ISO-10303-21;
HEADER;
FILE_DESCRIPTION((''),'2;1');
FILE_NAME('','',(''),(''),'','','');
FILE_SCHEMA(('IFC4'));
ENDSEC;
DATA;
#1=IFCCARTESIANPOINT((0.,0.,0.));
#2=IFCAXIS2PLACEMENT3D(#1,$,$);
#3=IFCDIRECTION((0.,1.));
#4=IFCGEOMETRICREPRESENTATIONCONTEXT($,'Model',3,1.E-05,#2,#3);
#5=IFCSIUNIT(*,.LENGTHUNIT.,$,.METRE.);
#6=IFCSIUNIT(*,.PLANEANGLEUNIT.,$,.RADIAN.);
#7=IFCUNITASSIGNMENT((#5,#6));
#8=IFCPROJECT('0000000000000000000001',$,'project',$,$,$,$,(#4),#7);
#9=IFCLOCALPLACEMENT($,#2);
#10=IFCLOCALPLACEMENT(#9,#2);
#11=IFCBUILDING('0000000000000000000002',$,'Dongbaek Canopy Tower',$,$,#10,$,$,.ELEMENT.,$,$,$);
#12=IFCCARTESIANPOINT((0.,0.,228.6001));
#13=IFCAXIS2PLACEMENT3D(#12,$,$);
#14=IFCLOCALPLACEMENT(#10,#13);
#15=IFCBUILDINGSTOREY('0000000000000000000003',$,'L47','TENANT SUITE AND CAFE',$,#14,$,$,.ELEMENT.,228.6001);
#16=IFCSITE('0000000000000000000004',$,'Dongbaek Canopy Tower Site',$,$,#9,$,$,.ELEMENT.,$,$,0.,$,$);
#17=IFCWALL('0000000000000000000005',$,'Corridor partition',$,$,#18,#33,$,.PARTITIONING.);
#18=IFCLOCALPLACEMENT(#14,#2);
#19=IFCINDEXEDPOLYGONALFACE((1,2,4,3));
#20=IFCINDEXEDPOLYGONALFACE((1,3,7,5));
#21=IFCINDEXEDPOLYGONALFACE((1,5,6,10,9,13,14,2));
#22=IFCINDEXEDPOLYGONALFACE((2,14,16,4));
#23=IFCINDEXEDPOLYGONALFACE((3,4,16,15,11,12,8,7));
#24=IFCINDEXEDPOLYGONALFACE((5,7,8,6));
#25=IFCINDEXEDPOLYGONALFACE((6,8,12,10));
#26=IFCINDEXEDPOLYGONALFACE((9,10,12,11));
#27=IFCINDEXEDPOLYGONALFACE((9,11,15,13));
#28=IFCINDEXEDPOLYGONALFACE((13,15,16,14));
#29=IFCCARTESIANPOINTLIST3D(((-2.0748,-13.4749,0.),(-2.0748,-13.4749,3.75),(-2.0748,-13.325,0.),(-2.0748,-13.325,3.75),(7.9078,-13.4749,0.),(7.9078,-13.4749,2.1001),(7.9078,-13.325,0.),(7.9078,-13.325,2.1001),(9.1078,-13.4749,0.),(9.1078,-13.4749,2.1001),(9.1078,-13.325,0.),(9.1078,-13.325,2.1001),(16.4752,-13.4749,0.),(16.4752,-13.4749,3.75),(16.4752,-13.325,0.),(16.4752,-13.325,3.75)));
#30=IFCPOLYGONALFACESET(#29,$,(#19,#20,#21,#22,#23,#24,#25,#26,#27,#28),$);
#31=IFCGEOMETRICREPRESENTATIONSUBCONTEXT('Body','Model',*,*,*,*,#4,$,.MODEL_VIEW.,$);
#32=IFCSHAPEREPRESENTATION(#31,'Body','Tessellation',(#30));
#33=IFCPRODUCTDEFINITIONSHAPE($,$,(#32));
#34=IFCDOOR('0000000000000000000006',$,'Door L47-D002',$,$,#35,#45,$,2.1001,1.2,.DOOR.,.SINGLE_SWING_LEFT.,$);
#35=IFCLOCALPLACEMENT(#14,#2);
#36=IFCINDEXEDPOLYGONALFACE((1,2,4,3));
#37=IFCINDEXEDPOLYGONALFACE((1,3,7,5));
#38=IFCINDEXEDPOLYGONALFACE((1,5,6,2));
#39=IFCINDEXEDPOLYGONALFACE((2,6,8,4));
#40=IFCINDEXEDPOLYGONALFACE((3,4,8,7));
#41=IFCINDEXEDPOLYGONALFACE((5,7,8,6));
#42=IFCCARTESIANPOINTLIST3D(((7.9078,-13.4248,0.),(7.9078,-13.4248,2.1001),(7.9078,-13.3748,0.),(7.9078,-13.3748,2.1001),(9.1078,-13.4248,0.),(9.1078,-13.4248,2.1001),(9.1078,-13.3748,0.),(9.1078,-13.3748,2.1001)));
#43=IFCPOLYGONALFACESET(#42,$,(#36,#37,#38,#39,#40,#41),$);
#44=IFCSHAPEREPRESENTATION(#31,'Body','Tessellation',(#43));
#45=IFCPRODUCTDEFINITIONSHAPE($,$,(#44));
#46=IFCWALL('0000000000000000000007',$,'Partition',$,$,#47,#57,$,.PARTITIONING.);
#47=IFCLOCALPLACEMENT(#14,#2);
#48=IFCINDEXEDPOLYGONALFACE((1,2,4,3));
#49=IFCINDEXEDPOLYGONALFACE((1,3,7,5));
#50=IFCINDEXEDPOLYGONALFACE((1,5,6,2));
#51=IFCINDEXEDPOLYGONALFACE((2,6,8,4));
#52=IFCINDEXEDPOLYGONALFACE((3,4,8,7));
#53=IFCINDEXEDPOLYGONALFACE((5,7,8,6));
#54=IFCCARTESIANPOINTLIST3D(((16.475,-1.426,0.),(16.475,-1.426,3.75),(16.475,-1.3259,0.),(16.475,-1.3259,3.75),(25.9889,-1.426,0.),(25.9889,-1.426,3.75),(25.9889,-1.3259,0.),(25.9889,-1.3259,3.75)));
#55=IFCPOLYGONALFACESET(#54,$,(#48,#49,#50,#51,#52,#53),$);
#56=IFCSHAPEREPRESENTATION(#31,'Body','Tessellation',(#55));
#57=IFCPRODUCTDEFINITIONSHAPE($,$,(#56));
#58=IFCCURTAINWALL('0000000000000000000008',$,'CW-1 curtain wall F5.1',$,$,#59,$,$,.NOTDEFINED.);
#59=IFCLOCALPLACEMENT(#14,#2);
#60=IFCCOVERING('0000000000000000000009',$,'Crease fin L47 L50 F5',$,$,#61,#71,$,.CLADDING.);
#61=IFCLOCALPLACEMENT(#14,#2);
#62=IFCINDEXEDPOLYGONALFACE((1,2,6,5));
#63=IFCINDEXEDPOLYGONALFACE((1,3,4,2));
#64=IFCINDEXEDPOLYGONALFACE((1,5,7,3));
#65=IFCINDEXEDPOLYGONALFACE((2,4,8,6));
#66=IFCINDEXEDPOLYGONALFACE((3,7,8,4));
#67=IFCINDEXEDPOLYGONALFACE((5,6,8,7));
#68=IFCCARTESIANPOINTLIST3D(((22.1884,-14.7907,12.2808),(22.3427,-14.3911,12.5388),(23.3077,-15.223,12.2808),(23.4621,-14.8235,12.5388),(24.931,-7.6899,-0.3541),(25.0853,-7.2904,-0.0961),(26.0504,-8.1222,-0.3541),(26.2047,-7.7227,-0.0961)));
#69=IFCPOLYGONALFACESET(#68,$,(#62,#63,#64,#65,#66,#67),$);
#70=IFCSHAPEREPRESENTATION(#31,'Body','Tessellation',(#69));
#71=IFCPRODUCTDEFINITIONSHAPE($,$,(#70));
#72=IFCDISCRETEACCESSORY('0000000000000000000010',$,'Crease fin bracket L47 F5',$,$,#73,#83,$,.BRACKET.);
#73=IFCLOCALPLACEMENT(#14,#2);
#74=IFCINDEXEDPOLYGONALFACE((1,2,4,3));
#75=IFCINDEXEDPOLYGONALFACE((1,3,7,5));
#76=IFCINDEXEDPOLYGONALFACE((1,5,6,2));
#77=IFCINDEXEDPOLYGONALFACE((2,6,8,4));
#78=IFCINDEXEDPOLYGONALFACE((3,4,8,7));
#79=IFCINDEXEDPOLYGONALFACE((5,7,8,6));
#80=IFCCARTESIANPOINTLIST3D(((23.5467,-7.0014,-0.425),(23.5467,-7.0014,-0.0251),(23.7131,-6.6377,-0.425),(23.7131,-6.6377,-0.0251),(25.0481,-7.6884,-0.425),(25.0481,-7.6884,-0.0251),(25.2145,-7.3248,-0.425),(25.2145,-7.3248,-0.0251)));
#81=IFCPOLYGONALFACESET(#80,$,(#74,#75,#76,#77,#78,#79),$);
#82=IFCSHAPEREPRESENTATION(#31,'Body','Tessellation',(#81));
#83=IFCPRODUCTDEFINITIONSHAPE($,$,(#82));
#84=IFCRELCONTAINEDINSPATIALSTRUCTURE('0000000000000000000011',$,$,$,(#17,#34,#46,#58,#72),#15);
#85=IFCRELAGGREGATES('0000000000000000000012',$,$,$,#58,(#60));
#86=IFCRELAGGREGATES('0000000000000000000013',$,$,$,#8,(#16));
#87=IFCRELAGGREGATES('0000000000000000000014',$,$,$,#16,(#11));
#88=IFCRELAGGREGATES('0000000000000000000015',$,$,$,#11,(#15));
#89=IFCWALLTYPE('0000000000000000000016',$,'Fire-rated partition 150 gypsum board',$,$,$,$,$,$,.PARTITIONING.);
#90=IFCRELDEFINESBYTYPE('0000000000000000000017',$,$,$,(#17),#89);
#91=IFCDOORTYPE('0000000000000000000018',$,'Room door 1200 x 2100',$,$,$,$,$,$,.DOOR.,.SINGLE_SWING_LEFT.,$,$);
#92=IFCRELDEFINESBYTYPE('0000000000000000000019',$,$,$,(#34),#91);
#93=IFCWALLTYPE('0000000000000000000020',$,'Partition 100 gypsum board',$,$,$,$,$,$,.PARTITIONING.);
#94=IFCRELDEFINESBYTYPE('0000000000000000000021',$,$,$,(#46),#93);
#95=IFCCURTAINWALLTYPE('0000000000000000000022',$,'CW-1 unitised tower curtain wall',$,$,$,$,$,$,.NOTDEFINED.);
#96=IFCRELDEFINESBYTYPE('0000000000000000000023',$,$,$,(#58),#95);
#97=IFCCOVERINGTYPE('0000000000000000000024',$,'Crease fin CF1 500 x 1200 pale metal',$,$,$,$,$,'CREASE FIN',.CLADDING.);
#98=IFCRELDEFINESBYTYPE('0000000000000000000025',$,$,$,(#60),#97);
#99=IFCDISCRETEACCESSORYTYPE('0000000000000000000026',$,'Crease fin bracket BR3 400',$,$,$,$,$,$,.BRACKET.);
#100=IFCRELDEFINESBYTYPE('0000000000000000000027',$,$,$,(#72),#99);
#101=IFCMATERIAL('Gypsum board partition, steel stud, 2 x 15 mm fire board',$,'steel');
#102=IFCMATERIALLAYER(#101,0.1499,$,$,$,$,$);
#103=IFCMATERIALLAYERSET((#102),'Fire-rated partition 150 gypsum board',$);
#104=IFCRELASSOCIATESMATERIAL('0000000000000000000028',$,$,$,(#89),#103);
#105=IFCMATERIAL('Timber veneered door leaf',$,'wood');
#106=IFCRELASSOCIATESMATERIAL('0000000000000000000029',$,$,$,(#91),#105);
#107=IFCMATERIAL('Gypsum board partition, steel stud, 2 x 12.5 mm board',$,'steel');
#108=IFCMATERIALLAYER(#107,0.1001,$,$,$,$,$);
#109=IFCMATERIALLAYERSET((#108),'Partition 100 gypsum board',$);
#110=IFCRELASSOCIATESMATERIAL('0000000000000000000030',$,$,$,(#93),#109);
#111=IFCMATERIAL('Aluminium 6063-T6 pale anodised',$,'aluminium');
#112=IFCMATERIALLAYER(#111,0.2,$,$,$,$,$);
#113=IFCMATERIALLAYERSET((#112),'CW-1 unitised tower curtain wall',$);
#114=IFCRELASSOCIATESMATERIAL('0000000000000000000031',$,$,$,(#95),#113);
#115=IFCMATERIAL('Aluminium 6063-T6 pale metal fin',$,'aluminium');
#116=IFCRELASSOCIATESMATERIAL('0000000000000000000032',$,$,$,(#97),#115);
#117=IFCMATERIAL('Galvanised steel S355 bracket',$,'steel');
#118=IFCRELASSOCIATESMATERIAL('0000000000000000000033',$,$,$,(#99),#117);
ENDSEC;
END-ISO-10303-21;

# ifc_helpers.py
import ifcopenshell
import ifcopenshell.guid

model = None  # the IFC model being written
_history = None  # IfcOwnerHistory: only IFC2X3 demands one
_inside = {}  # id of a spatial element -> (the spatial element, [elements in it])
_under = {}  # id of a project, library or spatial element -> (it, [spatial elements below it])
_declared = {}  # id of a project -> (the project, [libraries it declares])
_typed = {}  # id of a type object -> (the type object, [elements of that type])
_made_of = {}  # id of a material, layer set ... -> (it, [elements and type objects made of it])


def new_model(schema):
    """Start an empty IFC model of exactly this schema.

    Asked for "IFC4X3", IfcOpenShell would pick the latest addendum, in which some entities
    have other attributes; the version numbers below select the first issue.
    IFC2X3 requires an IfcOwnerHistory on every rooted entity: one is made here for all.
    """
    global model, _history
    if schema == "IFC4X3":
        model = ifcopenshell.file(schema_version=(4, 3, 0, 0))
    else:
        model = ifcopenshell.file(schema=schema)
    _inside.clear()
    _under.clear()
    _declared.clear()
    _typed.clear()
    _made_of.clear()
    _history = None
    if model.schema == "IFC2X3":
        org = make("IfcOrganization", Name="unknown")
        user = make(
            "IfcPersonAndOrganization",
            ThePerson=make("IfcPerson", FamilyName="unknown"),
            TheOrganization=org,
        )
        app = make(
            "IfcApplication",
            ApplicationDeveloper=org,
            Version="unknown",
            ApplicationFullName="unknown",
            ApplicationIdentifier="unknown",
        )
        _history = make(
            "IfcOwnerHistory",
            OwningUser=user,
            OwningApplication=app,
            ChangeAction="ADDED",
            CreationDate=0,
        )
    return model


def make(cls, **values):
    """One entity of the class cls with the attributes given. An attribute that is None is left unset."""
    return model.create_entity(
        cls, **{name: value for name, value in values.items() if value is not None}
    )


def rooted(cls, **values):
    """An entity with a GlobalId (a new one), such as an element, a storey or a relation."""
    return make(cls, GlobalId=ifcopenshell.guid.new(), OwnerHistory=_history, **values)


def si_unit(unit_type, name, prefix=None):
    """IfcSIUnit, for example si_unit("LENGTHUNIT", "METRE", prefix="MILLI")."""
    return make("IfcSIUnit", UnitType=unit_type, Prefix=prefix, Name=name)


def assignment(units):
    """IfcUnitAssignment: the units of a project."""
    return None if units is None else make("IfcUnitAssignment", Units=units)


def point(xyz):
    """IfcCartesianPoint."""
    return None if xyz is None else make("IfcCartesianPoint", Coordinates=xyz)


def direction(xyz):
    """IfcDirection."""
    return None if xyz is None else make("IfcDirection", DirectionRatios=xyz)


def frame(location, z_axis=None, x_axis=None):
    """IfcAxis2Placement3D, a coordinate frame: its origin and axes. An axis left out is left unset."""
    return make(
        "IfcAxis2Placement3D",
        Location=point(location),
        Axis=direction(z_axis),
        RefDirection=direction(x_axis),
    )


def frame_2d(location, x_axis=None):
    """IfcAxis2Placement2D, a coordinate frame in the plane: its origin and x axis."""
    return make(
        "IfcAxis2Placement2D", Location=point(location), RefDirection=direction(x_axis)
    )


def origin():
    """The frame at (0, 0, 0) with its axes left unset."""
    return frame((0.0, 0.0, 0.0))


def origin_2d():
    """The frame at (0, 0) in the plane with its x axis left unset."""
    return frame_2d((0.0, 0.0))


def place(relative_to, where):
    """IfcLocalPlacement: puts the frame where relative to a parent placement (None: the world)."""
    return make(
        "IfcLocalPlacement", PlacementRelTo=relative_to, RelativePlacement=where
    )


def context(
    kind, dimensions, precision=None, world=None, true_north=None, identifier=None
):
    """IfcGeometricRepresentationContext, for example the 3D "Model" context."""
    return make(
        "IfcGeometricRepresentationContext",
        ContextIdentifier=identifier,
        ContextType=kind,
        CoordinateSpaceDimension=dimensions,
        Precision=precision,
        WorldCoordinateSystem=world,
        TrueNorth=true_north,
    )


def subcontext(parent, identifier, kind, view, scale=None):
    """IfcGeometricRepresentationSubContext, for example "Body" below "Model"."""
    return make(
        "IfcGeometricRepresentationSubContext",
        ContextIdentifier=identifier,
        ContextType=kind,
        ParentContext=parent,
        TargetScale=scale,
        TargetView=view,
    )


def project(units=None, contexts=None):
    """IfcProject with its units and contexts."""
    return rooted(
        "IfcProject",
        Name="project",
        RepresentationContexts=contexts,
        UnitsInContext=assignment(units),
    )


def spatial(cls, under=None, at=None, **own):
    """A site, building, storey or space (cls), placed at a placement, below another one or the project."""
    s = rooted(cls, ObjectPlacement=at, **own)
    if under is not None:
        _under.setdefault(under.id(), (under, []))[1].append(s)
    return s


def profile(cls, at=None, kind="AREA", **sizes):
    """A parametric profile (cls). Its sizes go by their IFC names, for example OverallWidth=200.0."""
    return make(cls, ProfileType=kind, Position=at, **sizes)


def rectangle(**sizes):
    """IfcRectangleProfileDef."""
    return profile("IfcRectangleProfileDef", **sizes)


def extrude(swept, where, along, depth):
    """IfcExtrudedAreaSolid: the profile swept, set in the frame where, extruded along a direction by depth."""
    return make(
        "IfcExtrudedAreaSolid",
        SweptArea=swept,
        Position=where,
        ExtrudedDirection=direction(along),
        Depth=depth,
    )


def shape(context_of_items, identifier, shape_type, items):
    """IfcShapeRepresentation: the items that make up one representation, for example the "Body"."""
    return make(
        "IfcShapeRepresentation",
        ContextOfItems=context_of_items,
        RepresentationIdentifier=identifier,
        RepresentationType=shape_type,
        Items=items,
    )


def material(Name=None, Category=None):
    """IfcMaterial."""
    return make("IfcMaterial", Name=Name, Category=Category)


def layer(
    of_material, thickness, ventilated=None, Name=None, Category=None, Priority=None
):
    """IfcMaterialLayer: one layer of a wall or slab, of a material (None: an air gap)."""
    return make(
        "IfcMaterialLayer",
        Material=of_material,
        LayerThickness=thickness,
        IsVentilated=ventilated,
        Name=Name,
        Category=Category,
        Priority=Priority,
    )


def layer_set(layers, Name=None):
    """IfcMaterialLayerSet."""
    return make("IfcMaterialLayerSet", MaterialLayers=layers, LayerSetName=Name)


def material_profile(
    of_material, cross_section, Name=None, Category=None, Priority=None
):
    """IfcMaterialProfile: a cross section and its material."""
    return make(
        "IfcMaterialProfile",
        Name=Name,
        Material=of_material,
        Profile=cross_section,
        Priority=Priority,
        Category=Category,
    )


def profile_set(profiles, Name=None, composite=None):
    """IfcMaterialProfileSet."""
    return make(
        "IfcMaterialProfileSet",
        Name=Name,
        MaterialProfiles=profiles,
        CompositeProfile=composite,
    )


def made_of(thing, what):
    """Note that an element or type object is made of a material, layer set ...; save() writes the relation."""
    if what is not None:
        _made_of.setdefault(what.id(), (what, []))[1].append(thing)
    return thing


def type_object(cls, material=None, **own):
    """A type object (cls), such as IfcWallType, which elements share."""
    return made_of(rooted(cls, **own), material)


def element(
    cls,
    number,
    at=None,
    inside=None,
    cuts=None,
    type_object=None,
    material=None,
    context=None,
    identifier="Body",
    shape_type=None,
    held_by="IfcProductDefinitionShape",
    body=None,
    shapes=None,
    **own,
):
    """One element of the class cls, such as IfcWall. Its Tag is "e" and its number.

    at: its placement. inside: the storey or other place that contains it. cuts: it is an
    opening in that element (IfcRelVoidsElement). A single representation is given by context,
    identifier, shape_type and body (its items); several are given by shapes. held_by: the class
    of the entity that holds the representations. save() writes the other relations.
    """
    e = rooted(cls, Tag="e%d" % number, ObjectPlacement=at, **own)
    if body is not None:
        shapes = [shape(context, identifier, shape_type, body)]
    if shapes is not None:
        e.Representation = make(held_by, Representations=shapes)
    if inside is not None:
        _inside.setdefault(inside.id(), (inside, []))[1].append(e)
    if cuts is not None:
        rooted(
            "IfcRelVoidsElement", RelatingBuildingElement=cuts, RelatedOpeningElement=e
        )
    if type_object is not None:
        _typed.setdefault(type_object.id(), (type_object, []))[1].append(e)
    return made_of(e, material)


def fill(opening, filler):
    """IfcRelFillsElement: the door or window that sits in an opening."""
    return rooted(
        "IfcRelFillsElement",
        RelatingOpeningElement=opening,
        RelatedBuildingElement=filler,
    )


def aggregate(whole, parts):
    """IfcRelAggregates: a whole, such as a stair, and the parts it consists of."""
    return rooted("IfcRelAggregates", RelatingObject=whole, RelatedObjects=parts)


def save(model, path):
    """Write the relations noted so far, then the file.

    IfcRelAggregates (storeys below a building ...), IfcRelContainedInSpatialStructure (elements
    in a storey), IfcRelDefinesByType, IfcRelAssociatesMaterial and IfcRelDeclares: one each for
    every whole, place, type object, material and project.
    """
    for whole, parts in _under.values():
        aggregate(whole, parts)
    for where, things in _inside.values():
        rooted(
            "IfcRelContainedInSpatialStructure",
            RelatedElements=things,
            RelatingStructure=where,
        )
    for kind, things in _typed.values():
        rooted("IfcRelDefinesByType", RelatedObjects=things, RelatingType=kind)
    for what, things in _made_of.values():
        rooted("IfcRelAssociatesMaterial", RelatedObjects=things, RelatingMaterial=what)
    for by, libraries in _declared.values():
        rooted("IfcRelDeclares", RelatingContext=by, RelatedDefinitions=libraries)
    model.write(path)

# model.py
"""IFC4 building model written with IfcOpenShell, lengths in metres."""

from ifc_helpers import new_model, si_unit, direction, frame, frame_2d, origin, origin_2d, place, context, subcontext, project, spatial, rectangle, extrude, material, layer, layer_set, material_profile, profile_set, type_object, element, fill, aggregate, save


model = new_model("IFC4")

# Units and contexts
model_context = context("Model", 3, precision=1e-05, world=origin(), true_north=direction((0.0, 1.0)))
body_context = subcontext(model_context, "Body", "Model", "MODEL_VIEW")
ifc_project = project(units=[si_unit("LENGTHUNIT", "METRE"), si_unit("PLANEANGLEUNIT", "RADIAN")], contexts=[model_context])

# Site, building, storey
site_placement = place(None, origin())
site = spatial("IfcSite", under=ifc_project, at=site_placement, Name="Dongbaek Canopy Tower Site", CompositionType="ELEMENT", RefElevation=0.0)
building_placement = place(site_placement, origin())
building = spatial("IfcBuilding", under=site, at=building_placement, Name="Dongbaek Canopy Tower", CompositionType="ELEMENT")
storey_placement = place(building_placement, frame((0.0, 0.0, 228.6001)))
storey = spatial("IfcBuildingStorey", under=building, at=storey_placement, Name="L47", Description="TENANT SUITE AND CAFE", CompositionType="ELEMENT", Elevation=228.6001)

# Wall, opening, door
ifc_material_1 = material(Name="Gypsum board partition, steel stud, 2 x 15 mm fire board", Category="steel")
ifc_layer_1 = layer(ifc_material_1, 0.1499)
ifc_layer_set_1 = layer_set([ifc_layer_1], Name="Fire-rated partition 150 gypsum board")
wall_type_1 = type_object("IfcWallType", Name="Fire-rated partition 150 gypsum board", PredefinedType="PARTITIONING", material=ifc_layer_set_1)
wall_1_placement = place(storey_placement, frame((16.4751, -13.3999, 0.0), z_axis=(0.0, 0.0, 1.0), x_axis=(-1.0, 0.0, 0.0)))
wall_1 = element("IfcWall", 1, at=wall_1_placement, inside=storey, type_object=wall_type_1, Name="Corridor partition", PredefinedType="PARTITIONING", context=body_context, shape_type="SweptSolid", body=[
    extrude(rectangle(XDim=18.55, YDim=0.1499, at=frame_2d((9.2749, 0.0))), origin(), (0.0, 0.0, 1.0), 3.75),
])
opening_1_placement = place(wall_1_placement, frame((7.3672, 0.0, 0.0)))
opening_1 = element("IfcOpeningElement", 2, at=opening_1_placement, cuts=wall_1, PredefinedType="OPENING", context=body_context, shape_type="SweptSolid", body=[
    extrude(rectangle(XDim=1.2, YDim=2.1001, at=frame_2d((0.6001, 1.05))), frame((0.0, 0.085, 0.0), z_axis=(0.0, -1.0, 0.0), x_axis=(1.0, 0.0, 0.0)), (0.0, 0.0, 1.0), 0.1699),
])
ifc_material_2 = material(Name="Timber veneered door leaf", Category="wood")
door_type_1 = type_object("IfcDoorType", Name="Room door 1200 x 2100", OperationType="SINGLE_SWING_LEFT", PredefinedType="DOOR", material=ifc_material_2)
door_1_placement = place(opening_1_placement, origin())
door_1 = element("IfcDoor", 3, at=door_1_placement, inside=storey, type_object=door_type_1, Name="Door L47-D002", OperationType="SINGLE_SWING_LEFT", OverallHeight=2.1001, OverallWidth=1.2, PredefinedType="DOOR", context=body_context, shape_type="SweptSolid", body=[
    extrude(rectangle(XDim=1.2, YDim=2.1001, at=frame_2d((0.6001, 1.05))), frame((0.0, 0.0249, 0.0), z_axis=(0.0, -1.0, 0.0), x_axis=(1.0, 0.0, 0.0)), (0.0, 0.0, 1.0), 0.05),
])
fill(opening_1, door_1)

# Wall
ifc_material_3 = material(Name="Gypsum board partition, steel stud, 2 x 12.5 mm board", Category="steel")
ifc_layer_2 = layer(ifc_material_3, 0.1001)
ifc_layer_set_2 = layer_set([ifc_layer_2], Name="Partition 100 gypsum board")
wall_type_2 = type_object("IfcWallType", Name="Partition 100 gypsum board", PredefinedType="PARTITIONING", material=ifc_layer_set_2)
wall_2_placement = place(storey_placement, frame((16.4751, -1.376, 0.0), z_axis=(0.0, 0.0, 1.0), x_axis=(1.0, 0.0, 0.0)))
element("IfcWall", 4, at=wall_2_placement, inside=storey, type_object=wall_type_2, Name="Partition", PredefinedType="PARTITIONING", context=body_context, shape_type="SweptSolid", body=[
    extrude(rectangle(XDim=9.5139, YDim=0.1001, at=frame_2d((4.7568, 0.0))), origin(), (0.0, 0.0, 1.0), 3.75),
])

# Curtain wall, covering
ifc_material_4 = material(Name="Aluminium 6063-T6 pale anodised", Category="aluminium")
ifc_layer_3 = layer(ifc_material_4, 0.2)
ifc_layer_set_3 = layer_set([ifc_layer_3], Name="CW-1 unitised tower curtain wall")
curtain_wall_type = type_object("IfcCurtainWallType", Name="CW-1 unitised tower curtain wall", PredefinedType="NOTDEFINED", material=ifc_layer_set_3)
curtain_wall_placement = place(storey_placement, origin())
curtain_wall = element("IfcCurtainWall", 5, at=curtain_wall_placement, inside=storey, type_object=curtain_wall_type, Name="CW-1 curtain wall F5.1", PredefinedType="NOTDEFINED")
ifc_material_5 = material(Name="Aluminium 6063-T6 pale metal fin", Category="aluminium")
ifc_material_profile_1 = material_profile(ifc_material_5, rectangle(XDim=1.2, YDim=0.5, at=origin_2d()), Name="Crease fin CF1 500 x 1200 pale metal")
ifc_profile_set_1 = profile_set([ifc_material_profile_1], Name="Aluminium 6063-T6 pale metal fin")
covering_type = type_object("IfcCoveringType", Name="Crease fin CF1 500 x 1200 pale metal", ElementType="CREASE FIN", PredefinedType="CLADDING", material=ifc_profile_set_1)
covering_placement = place(storey_placement, frame((25.5679, -7.7063, -0.2251), z_axis=(-0.185933, -0.481385, 0.856562), x_axis=(0.932835, -0.360305, 0.0)))
covering = element("IfcCovering", 6, at=covering_placement, type_object=covering_type, Name="Crease fin L47 L50 F5", PredefinedType="CLADDING", context=body_context, shape_type="SweptSolid", body=[
    extrude(rectangle(XDim=1.2, YDim=0.5, at=origin_2d()), origin(), (0.0, 0.0, 1.0), 14.7507),
])
aggregate(curtain_wall, [covering])

# Discrete accessory
ifc_material_6 = material(Name="Galvanised steel S355 bracket", Category="steel")
discrete_accessory_type = type_object("IfcDiscreteAccessoryType", Name="Crease fin bracket BR3 400", PredefinedType="BRACKET", material=ifc_material_6)
discrete_accessory_placement = place(storey_placement, frame((24.3806, -7.1631, -0.425), z_axis=(0.0, 0.0, 1.0), x_axis=(0.909313, -0.416113, 0.0)))
element("IfcDiscreteAccessory", 7, at=discrete_accessory_placement, inside=storey, type_object=discrete_accessory_type, Name="Crease fin bracket L47 F5", PredefinedType="BRACKET", context=body_context, shape_type="SweptSolid", body=[
    extrude(rectangle(XDim=1.6511, YDim=0.3999, at=origin_2d()), origin(), (0.0, 0.0, 1.0), 0.3999),
])

save(model, "model.ifc")
